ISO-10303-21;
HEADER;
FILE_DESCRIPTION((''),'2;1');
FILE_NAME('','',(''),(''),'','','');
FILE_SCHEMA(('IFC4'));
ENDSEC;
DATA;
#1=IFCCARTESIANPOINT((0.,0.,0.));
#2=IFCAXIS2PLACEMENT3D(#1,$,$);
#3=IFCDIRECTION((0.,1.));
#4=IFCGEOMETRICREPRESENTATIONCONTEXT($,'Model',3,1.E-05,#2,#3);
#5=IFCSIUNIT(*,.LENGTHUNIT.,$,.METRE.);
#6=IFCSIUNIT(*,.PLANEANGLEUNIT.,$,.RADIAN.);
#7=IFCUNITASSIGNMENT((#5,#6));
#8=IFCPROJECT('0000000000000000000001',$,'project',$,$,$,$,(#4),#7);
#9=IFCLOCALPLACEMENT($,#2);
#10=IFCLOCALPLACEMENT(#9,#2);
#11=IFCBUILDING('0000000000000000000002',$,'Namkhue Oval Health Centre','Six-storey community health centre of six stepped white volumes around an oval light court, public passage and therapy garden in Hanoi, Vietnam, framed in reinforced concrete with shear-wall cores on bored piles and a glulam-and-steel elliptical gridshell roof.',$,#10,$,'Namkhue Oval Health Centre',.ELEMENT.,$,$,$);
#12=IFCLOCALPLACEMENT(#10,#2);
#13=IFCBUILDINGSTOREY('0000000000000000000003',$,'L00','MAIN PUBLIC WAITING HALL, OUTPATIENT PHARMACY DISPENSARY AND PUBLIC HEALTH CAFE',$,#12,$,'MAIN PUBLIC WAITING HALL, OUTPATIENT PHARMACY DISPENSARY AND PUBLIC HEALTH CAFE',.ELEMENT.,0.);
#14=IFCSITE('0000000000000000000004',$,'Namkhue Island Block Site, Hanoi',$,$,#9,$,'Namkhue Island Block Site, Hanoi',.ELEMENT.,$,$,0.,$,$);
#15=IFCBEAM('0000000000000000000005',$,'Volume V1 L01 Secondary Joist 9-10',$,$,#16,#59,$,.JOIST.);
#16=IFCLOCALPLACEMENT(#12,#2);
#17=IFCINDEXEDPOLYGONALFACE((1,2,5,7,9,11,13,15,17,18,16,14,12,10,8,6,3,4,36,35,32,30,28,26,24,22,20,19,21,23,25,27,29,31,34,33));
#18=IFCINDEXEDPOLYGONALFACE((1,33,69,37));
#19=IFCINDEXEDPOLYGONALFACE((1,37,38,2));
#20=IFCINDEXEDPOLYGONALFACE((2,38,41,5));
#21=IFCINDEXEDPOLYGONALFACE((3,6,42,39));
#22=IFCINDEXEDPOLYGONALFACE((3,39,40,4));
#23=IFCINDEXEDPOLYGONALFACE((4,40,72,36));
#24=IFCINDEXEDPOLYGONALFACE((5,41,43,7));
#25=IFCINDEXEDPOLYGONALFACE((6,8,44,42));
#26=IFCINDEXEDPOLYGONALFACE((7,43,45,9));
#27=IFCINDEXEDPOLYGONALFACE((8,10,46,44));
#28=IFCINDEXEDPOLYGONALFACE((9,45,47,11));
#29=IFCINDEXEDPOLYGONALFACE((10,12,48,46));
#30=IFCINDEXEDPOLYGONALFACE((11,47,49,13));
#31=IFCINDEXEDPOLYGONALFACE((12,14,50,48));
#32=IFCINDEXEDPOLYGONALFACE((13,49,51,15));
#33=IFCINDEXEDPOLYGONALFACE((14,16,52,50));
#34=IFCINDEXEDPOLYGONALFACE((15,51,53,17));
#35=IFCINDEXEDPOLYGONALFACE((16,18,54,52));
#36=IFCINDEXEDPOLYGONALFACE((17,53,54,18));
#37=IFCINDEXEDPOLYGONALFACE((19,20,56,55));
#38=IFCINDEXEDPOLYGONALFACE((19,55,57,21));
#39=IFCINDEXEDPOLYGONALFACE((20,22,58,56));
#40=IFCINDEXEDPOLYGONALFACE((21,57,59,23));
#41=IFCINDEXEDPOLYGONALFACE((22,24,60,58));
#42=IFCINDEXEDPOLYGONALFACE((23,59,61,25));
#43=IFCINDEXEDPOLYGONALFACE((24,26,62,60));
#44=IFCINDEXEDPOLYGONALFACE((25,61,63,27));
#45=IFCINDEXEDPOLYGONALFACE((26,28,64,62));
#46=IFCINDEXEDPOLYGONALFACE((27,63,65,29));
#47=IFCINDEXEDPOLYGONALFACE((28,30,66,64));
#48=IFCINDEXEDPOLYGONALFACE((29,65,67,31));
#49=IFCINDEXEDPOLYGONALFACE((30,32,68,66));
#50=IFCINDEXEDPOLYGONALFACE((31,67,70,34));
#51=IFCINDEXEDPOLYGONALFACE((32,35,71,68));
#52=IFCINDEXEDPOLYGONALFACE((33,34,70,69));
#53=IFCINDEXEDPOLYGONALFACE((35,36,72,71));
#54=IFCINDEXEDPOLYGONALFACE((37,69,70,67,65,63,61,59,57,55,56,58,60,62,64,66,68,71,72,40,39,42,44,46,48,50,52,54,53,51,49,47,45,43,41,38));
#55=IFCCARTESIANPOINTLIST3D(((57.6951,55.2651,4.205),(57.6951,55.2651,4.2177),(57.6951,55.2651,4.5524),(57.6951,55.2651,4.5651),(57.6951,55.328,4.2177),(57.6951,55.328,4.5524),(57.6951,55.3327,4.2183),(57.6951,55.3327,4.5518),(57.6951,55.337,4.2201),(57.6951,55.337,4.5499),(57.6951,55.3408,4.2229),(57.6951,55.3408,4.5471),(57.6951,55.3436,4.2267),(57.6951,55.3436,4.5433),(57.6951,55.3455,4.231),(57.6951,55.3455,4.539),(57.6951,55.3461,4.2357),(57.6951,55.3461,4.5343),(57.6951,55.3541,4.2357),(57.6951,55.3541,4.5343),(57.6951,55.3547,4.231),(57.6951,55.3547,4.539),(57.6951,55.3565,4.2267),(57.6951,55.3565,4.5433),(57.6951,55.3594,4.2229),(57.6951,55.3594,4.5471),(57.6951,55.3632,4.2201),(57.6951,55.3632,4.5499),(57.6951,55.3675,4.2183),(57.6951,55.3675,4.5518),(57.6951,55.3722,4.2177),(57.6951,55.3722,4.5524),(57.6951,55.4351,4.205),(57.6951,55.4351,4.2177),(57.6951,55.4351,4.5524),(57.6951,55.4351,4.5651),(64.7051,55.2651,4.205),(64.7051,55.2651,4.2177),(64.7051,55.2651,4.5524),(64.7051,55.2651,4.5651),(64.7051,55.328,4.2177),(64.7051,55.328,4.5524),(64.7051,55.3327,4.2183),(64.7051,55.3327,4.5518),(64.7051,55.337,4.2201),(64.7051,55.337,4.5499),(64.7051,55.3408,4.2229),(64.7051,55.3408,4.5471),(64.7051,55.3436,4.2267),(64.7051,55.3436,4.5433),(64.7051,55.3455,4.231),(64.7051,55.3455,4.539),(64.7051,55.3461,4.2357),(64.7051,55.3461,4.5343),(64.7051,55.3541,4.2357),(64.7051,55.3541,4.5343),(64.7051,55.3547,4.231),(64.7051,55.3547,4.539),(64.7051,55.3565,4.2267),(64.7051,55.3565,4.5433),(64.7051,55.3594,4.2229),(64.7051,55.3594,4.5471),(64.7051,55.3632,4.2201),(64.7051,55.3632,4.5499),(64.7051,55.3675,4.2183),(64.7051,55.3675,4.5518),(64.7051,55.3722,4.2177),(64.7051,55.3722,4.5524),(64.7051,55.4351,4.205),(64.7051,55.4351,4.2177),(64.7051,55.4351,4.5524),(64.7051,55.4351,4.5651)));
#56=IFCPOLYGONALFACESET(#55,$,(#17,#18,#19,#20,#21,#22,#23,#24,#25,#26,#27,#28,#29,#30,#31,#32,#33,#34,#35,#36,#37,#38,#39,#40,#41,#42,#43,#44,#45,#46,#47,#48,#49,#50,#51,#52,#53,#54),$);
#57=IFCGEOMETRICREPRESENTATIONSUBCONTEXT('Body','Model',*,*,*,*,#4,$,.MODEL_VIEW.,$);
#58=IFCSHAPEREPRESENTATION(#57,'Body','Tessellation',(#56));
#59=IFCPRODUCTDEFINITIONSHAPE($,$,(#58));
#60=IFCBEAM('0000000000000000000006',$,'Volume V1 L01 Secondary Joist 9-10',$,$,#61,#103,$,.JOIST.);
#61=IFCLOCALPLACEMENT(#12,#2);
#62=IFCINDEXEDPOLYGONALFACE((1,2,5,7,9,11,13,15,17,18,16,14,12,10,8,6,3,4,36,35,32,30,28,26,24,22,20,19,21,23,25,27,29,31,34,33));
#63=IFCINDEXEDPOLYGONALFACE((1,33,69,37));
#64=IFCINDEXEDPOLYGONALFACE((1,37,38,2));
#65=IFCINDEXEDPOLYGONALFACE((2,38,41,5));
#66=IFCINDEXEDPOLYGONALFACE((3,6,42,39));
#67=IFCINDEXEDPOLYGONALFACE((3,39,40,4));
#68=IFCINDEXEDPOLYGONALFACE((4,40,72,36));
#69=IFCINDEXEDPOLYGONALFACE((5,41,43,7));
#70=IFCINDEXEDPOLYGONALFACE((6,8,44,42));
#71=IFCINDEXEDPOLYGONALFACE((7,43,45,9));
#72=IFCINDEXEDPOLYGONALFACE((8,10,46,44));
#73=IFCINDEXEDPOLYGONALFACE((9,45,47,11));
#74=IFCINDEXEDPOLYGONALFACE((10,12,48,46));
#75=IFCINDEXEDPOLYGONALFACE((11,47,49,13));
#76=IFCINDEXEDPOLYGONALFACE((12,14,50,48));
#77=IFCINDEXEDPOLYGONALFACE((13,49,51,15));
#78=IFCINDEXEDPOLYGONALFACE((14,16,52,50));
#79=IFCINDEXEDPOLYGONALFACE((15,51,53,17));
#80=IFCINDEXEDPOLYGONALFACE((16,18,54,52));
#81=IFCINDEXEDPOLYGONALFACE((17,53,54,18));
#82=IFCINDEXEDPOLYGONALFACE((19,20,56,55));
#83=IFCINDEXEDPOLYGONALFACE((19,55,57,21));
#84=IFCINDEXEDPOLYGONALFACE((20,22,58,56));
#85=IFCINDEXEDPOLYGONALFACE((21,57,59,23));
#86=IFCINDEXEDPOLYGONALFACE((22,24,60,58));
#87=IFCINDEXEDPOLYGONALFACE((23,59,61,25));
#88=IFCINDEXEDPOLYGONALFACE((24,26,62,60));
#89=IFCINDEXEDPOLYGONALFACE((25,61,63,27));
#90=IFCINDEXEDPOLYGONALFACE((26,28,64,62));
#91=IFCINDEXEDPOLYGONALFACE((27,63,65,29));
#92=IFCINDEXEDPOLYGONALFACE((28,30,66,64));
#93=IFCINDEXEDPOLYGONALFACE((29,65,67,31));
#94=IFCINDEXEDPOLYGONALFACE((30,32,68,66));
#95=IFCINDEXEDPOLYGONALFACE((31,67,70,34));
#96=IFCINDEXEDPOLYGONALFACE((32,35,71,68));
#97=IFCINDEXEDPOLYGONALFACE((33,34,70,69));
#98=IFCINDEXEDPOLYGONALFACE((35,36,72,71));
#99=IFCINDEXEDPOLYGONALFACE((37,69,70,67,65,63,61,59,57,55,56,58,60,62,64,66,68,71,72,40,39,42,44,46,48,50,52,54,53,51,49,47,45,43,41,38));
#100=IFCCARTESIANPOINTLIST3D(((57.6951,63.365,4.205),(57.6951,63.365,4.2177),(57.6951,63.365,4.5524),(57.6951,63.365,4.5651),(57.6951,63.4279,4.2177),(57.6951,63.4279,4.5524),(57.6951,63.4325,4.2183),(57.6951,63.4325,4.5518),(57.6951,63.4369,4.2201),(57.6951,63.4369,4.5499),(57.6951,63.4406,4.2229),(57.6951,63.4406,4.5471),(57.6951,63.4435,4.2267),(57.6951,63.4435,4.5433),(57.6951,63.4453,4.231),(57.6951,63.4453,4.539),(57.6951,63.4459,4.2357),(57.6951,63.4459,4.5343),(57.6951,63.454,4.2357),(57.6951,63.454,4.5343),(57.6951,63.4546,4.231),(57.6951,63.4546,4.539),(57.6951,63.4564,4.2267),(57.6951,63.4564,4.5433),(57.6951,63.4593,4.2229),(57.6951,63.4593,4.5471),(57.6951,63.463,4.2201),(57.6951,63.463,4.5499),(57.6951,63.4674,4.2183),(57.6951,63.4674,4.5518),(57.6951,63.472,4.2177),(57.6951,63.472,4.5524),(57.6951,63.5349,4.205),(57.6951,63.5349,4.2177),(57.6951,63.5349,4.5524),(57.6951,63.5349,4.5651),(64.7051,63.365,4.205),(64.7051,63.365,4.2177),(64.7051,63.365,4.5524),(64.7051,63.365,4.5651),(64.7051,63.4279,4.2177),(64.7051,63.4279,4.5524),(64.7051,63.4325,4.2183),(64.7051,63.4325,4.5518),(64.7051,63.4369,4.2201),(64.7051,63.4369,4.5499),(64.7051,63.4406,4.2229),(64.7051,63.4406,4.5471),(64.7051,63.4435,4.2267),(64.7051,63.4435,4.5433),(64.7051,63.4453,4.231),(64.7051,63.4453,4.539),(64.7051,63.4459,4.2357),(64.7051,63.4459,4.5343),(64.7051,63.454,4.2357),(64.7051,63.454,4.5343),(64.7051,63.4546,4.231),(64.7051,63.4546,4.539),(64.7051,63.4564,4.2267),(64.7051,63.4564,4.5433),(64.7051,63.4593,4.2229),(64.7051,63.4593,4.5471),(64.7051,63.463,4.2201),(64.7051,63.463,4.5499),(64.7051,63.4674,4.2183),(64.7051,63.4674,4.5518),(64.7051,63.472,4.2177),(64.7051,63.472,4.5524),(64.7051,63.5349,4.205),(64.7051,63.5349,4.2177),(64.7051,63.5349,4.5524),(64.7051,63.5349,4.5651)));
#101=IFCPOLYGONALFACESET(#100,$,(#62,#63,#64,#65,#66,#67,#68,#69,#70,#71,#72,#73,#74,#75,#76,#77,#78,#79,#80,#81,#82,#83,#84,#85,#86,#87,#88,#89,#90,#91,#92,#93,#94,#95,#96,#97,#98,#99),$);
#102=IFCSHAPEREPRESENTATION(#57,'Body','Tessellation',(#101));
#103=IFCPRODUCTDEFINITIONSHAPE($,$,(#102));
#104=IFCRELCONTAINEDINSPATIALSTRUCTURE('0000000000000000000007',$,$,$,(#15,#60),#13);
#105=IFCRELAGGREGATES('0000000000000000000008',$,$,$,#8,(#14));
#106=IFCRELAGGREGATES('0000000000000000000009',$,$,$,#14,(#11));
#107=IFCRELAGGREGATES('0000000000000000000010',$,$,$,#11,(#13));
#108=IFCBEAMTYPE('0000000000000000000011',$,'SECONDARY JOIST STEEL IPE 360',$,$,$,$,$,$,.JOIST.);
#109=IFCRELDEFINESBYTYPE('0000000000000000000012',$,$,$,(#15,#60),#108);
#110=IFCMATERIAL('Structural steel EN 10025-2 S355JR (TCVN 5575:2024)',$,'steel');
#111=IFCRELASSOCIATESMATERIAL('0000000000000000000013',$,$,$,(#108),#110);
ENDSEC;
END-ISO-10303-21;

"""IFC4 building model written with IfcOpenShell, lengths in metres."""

from ifc_helpers import new_model, si_unit, direction, frame, origin, origin_2d, place, context, subcontext, project, spatial, i_section, extrude, material, material_profile, profile_set, type_object, element, save


model = new_model("IFC4")

# Units and contexts
model_context = context("Model", 3, precision=1e-05, world=origin(), true_north=direction((0.0, 1.0)))
body_context = subcontext(model_context, "Body", "Model", "MODEL_VIEW")
ifc_project = project(units=[si_unit("LENGTHUNIT", "METRE"), si_unit("PLANEANGLEUNIT", "RADIAN")], contexts=[model_context])

# Site, building, storey
site_placement = place(None, origin())
site = spatial("IfcSite", under=ifc_project, at=site_placement, Name="Namkhue Island Block Site, Hanoi", LongName="Namkhue Island Block Site, Hanoi", CompositionType="ELEMENT", RefElevation=0.0)
building_placement = place(site_placement, origin())
building = spatial("IfcBuilding", under=site, at=building_placement, Name="Namkhue Oval Health Centre", Description="Six-storey community health centre of six stepped white volumes around an oval light court, public passage and therapy garden in Hanoi, Vietnam, framed in reinforced concrete with shear-wall cores on bored piles and a glulam-and-steel elliptical gridshell roof.", LongName="Namkhue Oval Health Centre", CompositionType="ELEMENT")
storey_placement = place(building_placement, origin())
storey = spatial("IfcBuildingStorey", under=building, at=storey_placement, Name="L00", Description="MAIN PUBLIC WAITING HALL, OUTPATIENT PHARMACY DISPENSARY AND PUBLIC HEALTH CAFE", LongName="MAIN PUBLIC WAITING HALL, OUTPATIENT PHARMACY DISPENSARY AND PUBLIC HEALTH CAFE", CompositionType="ELEMENT", Elevation=0.0)

# Beams
ifc_material_1 = material(Name="Structural steel EN 10025-2 S355JR (TCVN 5575:2024)", Category="steel")
ifc_material_profile_1 = material_profile(ifc_material_1, i_section(OverallWidth=0.1699, OverallDepth=0.3601, WebThickness=0.0081, FlangeThickness=0.0127, FilletRadius=0.0181, at=origin_2d()), Name="IPE 360")
ifc_profile_set_1 = profile_set([ifc_material_profile_1], Name="Structural steel EN 10025-2 S355JR (TCVN 5575:2024)")
beam_type_1 = type_object("IfcBeamType", Name="SECONDARY JOIST STEEL IPE 360", PredefinedType="JOIST", material=ifc_profile_set_1)
for number, where, z_axis, x_axis, name in (
    (1, (57.6951, 55.3501, 4.385), (1.0, 0.0, 0.0), (0.0, 1.0, 0.0), "Volume V1 L01 Secondary Joist 9-10"),
    (2, (57.6951, 63.45, 4.385), (1.0, 0.0, 0.0), (0.0, 1.0, 0.0), "Volume V1 L01 Secondary Joist 9-10"),
):
    element("IfcBeam", number, at=place(storey_placement, frame(where, z_axis=z_axis, x_axis=x_axis)), inside=storey, type_object=beam_type_1, Name=name, PredefinedType="JOIST", context=body_context, shape_type="SweptSolid", body=[
        extrude(i_section(OverallWidth=0.1699, OverallDepth=0.3601, WebThickness=0.0081, FlangeThickness=0.0127, FilletRadius=0.0181, at=origin_2d()), origin(), (0.0, 0.0, 1.0), 7.01),
    ])

save(model, "model.ifc")
